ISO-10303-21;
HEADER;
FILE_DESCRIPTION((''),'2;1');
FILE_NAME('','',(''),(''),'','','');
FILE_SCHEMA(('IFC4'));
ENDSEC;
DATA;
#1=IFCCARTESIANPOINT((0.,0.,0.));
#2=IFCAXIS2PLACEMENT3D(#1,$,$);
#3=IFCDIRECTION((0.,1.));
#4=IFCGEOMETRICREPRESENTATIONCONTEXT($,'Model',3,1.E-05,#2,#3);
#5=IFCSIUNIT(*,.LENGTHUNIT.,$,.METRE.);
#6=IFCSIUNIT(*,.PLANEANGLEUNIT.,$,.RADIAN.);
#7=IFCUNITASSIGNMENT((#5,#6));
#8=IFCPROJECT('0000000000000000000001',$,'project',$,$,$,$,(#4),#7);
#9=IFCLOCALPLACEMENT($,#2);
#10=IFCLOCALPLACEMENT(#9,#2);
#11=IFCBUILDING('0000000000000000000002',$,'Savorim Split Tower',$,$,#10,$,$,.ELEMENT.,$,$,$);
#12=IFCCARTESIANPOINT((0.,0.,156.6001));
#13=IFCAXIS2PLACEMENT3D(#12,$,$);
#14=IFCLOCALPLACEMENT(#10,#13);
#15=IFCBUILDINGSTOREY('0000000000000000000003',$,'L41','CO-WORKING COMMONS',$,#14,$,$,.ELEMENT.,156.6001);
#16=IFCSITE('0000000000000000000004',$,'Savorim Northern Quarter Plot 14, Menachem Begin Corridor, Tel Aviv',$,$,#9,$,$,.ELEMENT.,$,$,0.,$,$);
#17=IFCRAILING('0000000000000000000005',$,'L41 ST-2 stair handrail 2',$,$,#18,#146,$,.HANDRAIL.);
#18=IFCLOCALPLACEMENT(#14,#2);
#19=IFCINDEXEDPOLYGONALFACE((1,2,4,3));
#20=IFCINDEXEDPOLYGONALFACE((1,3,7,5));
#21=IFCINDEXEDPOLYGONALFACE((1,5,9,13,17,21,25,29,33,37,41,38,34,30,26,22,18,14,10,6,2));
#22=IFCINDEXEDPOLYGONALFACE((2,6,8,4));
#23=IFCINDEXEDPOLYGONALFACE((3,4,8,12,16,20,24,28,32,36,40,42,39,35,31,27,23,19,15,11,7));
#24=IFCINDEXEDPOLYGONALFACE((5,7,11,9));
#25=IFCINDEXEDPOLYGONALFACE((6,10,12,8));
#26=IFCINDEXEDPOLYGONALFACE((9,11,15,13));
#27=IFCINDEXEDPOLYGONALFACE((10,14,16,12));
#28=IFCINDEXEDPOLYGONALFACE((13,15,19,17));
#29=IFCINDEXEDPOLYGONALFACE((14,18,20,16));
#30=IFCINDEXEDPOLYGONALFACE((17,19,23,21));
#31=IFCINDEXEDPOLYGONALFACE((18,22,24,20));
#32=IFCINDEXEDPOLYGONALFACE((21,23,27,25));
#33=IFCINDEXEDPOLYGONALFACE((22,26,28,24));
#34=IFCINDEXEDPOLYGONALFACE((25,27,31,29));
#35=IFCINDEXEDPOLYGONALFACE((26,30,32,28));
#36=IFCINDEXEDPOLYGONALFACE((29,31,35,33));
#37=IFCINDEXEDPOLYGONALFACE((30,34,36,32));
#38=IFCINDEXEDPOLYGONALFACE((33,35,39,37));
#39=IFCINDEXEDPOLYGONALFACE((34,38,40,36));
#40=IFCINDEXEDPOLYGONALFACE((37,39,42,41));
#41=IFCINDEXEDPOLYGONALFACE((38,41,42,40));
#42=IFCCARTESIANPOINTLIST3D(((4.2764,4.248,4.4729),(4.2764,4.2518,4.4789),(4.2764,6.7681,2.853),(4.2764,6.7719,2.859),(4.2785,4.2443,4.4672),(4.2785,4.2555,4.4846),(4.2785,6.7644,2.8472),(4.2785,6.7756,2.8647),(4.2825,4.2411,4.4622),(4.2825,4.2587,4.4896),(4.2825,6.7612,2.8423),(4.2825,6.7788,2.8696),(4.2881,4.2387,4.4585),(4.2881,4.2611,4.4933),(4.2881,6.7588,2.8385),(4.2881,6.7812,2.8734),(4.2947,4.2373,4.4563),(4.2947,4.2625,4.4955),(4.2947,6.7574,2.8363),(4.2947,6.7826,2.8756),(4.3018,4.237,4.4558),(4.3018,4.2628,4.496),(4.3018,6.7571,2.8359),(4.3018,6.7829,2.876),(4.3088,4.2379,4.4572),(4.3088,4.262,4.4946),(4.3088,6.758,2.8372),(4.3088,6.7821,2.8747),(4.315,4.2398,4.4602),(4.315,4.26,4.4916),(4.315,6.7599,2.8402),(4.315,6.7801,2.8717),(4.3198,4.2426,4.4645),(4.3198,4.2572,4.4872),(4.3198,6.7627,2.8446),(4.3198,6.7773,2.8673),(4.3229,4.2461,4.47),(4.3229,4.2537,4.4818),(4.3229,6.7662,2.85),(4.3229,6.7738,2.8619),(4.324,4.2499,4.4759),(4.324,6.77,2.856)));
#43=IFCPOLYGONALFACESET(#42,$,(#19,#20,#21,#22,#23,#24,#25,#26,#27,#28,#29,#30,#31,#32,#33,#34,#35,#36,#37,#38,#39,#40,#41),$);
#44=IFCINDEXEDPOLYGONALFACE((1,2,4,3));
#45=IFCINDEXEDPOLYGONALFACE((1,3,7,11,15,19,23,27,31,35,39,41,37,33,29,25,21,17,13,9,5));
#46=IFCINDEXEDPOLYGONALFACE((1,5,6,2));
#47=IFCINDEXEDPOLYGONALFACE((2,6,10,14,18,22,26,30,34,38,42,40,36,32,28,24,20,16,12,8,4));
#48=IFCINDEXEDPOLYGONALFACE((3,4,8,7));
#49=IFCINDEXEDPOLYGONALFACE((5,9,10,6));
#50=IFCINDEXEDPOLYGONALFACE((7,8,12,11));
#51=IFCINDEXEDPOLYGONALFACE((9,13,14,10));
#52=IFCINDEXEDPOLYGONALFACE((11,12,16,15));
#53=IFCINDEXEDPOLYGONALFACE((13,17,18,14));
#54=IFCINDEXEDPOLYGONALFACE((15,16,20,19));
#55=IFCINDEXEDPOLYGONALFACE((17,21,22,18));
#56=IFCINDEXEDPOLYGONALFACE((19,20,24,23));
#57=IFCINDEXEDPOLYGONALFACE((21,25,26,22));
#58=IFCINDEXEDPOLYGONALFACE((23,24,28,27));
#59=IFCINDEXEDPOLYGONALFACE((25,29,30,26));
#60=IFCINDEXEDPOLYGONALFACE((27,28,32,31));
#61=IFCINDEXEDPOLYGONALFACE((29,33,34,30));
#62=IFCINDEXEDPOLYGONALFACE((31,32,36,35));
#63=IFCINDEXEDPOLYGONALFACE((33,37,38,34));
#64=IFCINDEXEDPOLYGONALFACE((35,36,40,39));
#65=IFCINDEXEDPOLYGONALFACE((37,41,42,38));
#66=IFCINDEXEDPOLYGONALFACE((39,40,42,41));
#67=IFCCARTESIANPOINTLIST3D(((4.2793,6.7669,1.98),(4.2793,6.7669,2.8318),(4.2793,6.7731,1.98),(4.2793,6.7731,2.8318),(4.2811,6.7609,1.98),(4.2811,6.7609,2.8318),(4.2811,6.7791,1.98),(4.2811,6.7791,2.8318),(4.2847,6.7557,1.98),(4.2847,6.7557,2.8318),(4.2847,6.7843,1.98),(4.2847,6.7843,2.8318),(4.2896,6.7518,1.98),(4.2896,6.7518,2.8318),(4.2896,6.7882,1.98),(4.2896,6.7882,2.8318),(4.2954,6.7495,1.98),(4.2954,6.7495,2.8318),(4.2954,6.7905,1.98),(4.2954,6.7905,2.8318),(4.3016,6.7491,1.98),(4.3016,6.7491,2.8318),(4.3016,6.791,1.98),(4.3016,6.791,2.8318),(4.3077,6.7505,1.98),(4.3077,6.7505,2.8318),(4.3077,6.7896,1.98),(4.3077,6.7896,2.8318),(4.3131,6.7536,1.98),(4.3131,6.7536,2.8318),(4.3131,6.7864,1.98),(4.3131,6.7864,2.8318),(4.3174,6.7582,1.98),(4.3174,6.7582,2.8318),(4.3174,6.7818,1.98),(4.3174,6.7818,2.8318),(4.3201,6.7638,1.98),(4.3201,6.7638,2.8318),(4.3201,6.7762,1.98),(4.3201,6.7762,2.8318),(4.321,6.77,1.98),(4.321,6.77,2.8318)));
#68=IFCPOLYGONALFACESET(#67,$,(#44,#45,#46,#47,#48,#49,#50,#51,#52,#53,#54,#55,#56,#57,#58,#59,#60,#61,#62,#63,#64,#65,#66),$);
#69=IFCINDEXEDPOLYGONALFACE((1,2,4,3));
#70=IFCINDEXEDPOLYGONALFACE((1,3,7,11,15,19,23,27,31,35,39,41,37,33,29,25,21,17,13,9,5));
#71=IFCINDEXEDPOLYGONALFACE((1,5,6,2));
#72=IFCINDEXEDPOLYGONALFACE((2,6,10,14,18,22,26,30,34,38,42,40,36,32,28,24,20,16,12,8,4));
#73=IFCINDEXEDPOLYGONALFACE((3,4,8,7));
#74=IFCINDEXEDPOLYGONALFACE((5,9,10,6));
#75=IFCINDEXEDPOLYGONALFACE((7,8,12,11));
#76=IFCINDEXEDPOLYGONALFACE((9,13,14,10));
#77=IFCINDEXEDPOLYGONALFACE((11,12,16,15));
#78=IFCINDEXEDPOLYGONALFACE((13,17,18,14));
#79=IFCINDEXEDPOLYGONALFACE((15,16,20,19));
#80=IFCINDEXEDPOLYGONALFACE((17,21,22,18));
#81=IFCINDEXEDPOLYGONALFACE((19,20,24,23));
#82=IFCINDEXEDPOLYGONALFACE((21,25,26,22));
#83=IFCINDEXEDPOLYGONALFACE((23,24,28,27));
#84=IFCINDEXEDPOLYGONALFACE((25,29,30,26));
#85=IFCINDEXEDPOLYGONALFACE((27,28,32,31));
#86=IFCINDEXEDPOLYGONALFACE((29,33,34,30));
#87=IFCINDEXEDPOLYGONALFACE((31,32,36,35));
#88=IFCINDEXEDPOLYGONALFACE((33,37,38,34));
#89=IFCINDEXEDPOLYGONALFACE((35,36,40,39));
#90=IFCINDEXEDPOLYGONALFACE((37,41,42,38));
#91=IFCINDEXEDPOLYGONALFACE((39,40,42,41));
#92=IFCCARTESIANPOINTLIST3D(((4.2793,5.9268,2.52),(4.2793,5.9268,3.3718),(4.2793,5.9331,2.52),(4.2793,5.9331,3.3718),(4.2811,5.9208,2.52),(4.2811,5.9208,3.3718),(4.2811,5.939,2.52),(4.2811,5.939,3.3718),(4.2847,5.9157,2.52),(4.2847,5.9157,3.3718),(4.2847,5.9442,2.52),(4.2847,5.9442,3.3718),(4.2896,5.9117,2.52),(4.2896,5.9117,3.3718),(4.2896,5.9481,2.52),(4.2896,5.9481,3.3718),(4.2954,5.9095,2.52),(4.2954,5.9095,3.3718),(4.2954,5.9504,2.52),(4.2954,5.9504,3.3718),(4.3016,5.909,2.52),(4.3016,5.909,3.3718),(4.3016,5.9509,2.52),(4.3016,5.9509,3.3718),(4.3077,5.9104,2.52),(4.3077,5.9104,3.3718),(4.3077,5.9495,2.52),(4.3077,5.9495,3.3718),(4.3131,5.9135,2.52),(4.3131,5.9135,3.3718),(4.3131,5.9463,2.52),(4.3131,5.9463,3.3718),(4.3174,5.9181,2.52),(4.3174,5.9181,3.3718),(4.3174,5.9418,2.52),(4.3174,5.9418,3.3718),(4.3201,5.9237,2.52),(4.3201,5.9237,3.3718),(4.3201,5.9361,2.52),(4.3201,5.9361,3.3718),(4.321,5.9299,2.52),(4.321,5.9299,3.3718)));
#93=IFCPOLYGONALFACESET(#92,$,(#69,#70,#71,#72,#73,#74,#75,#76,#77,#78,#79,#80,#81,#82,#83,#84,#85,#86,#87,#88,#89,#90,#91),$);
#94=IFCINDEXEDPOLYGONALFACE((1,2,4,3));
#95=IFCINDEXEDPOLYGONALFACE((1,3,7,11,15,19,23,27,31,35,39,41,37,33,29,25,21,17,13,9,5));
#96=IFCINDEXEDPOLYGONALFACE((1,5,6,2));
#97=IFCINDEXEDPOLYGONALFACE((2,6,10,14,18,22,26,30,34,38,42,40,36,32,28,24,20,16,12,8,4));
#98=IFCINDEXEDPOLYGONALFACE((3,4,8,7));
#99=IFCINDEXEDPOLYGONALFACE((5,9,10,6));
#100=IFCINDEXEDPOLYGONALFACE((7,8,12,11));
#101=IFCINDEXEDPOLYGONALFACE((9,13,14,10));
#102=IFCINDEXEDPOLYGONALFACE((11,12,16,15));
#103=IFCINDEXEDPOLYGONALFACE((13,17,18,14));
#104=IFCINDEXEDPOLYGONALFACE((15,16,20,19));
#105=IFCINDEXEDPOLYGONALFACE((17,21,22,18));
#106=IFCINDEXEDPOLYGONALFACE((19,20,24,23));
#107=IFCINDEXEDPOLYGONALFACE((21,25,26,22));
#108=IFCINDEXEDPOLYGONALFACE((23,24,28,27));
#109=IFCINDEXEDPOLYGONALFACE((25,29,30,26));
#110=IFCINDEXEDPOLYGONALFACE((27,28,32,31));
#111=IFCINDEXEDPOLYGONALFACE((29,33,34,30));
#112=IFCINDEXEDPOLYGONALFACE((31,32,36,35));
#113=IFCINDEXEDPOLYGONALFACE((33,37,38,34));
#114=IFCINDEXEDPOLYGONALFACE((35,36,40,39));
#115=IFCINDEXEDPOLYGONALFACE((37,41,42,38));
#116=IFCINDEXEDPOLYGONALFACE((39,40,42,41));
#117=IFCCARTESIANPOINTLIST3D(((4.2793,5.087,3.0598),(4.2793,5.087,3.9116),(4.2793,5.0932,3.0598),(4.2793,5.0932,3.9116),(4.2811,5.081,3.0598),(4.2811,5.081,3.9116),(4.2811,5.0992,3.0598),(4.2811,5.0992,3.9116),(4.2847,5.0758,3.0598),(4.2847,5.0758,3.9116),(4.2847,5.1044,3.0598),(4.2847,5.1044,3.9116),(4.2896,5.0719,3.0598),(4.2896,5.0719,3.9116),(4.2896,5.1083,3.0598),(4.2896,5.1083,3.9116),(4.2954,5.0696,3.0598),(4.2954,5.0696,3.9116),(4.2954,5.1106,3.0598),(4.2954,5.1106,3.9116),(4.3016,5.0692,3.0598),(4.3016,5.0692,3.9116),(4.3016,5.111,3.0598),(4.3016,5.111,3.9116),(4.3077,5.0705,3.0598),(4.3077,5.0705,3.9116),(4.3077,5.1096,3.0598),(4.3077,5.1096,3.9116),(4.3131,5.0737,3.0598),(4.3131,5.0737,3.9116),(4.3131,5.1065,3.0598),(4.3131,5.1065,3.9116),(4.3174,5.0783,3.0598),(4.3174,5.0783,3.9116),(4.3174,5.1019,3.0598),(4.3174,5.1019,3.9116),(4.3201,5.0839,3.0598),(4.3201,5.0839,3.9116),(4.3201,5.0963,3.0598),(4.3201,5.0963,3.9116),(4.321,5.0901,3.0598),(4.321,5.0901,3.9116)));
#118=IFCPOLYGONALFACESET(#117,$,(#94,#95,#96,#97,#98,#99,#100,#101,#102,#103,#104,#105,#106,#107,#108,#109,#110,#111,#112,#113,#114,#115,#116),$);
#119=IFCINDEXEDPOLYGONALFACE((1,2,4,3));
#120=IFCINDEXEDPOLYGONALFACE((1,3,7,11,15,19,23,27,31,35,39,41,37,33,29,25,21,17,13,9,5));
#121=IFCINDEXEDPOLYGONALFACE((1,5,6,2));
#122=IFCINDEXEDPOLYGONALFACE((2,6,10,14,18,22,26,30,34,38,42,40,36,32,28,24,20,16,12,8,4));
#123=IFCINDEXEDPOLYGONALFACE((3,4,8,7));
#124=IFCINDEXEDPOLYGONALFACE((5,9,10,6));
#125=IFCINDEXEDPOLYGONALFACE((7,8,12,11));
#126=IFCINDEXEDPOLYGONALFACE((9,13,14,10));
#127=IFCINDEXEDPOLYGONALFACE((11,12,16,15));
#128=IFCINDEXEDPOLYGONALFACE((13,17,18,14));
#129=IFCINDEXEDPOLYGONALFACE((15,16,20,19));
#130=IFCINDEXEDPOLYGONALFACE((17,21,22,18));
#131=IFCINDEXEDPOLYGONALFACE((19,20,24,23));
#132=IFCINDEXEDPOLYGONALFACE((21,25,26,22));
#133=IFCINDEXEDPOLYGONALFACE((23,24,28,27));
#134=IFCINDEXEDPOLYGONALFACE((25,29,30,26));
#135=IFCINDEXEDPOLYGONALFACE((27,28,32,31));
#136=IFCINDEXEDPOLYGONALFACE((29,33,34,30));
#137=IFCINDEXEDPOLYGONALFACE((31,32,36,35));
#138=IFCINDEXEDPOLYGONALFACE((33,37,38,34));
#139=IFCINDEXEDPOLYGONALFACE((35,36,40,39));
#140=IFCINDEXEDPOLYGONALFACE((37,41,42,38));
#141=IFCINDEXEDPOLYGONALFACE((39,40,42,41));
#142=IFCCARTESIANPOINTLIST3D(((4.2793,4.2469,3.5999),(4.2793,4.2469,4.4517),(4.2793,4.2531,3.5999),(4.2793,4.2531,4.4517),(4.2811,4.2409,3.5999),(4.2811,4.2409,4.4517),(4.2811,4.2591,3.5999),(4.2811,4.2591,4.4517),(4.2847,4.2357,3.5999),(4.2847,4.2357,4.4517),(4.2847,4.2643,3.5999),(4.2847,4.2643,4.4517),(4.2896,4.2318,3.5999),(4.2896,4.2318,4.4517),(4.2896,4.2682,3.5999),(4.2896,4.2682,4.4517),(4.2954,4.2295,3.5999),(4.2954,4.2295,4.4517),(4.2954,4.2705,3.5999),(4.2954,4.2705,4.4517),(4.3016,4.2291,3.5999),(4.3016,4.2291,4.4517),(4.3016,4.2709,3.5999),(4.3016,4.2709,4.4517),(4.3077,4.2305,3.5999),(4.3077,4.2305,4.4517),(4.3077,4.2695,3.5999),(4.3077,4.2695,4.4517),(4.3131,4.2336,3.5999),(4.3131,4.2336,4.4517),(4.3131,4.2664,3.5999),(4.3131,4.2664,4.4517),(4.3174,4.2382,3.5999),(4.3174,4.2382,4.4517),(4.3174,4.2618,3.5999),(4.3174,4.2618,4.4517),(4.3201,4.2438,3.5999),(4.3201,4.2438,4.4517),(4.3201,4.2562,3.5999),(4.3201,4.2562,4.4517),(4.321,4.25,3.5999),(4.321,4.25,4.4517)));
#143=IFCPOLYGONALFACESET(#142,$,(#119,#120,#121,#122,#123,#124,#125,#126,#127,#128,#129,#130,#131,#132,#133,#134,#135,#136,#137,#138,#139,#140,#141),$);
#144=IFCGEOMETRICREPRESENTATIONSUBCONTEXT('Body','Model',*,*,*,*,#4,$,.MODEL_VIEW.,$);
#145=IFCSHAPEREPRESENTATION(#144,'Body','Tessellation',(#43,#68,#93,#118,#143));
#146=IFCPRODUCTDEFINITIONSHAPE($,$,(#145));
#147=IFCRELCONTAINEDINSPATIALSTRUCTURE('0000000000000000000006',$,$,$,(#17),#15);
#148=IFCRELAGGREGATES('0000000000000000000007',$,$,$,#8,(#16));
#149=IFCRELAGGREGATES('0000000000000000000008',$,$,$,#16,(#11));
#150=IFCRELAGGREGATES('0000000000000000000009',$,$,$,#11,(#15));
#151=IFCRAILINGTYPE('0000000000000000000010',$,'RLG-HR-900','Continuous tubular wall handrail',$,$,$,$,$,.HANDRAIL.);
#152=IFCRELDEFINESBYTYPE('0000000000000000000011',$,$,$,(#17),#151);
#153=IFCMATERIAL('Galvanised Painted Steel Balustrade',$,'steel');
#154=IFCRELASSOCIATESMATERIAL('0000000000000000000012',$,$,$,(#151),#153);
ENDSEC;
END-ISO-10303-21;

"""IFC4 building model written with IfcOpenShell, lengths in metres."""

from ifc_helpers import new_model, si_unit, direction, frame, origin, origin_2d, place, context, subcontext, project, spatial, circle, extrude, material, type_object, element, save


model = new_model("IFC4")

# Units and contexts
model_context = context("Model", 3, precision=1e-05, world=origin(), true_north=direction((0.0, 1.0)))
body_context = subcontext(model_context, "Body", "Model", "MODEL_VIEW")
ifc_project = project(units=[si_unit("LENGTHUNIT", "METRE"), si_unit("PLANEANGLEUNIT", "RADIAN")], contexts=[model_context])

# Site, building, storey
site_placement = place(None, origin())
site = spatial("IfcSite", under=ifc_project, at=site_placement, Name="Savorim Northern Quarter Plot 14, Menachem Begin Corridor, Tel Aviv", CompositionType="ELEMENT", RefElevation=0.0)
building_placement = place(site_placement, origin())
building = spatial("IfcBuilding", under=site, at=building_placement, Name="Savorim Split Tower", CompositionType="ELEMENT")
storey_placement = place(building_placement, frame((0.0, 0.0, 156.6001)))
storey = spatial("IfcBuildingStorey", under=building, at=storey_placement, Name="L41", Description="CO-WORKING COMMONS", CompositionType="ELEMENT", Elevation=156.6001)

# Railing
ifc_material_1 = material(Name="Galvanised Painted Steel Balustrade", Category="steel")
railing_type_1 = type_object("IfcRailingType", Name="RLG-HR-900", Description="Continuous tubular wall handrail", PredefinedType="HANDRAIL", material=ifc_material_1)
railing_1_placement = place(storey_placement, frame((4.3, 6.77, 1.98)))
element("IfcRailing", 1, at=railing_1_placement, inside=storey, type_object=railing_type_1, Name="L41 ST-2 stair handrail 2", PredefinedType="HANDRAIL", context=body_context, shape_type="SweptSolid", body=[
    extrude(circle(Radius=0.0239, at=origin_2d()), frame((0.0, 0.0, 0.876), z_axis=(0.0, -0.8412, 0.540725), x_axis=(1.0, 0.0, 0.0)), (0.0, 0.0, 1.0), 2.9958),
    extrude(circle(Radius=0.021, at=origin_2d()), origin(), (0.0, 0.0, 1.0), 0.8518),
    extrude(circle(Radius=0.021, at=origin_2d()), frame((0.0, -0.8401, 0.54)), (0.0, 0.0, 1.0), 0.8518),
    extrude(circle(Radius=0.021, at=origin_2d()), frame((0.0, -1.6799, 1.0798)), (0.0, 0.0, 1.0), 0.8518),
    extrude(circle(Radius=0.021, at=origin_2d()), frame((0.0, -2.52, 1.6199)), (0.0, 0.0, 1.0), 0.8518),
])

save(model, "model.ifc")
